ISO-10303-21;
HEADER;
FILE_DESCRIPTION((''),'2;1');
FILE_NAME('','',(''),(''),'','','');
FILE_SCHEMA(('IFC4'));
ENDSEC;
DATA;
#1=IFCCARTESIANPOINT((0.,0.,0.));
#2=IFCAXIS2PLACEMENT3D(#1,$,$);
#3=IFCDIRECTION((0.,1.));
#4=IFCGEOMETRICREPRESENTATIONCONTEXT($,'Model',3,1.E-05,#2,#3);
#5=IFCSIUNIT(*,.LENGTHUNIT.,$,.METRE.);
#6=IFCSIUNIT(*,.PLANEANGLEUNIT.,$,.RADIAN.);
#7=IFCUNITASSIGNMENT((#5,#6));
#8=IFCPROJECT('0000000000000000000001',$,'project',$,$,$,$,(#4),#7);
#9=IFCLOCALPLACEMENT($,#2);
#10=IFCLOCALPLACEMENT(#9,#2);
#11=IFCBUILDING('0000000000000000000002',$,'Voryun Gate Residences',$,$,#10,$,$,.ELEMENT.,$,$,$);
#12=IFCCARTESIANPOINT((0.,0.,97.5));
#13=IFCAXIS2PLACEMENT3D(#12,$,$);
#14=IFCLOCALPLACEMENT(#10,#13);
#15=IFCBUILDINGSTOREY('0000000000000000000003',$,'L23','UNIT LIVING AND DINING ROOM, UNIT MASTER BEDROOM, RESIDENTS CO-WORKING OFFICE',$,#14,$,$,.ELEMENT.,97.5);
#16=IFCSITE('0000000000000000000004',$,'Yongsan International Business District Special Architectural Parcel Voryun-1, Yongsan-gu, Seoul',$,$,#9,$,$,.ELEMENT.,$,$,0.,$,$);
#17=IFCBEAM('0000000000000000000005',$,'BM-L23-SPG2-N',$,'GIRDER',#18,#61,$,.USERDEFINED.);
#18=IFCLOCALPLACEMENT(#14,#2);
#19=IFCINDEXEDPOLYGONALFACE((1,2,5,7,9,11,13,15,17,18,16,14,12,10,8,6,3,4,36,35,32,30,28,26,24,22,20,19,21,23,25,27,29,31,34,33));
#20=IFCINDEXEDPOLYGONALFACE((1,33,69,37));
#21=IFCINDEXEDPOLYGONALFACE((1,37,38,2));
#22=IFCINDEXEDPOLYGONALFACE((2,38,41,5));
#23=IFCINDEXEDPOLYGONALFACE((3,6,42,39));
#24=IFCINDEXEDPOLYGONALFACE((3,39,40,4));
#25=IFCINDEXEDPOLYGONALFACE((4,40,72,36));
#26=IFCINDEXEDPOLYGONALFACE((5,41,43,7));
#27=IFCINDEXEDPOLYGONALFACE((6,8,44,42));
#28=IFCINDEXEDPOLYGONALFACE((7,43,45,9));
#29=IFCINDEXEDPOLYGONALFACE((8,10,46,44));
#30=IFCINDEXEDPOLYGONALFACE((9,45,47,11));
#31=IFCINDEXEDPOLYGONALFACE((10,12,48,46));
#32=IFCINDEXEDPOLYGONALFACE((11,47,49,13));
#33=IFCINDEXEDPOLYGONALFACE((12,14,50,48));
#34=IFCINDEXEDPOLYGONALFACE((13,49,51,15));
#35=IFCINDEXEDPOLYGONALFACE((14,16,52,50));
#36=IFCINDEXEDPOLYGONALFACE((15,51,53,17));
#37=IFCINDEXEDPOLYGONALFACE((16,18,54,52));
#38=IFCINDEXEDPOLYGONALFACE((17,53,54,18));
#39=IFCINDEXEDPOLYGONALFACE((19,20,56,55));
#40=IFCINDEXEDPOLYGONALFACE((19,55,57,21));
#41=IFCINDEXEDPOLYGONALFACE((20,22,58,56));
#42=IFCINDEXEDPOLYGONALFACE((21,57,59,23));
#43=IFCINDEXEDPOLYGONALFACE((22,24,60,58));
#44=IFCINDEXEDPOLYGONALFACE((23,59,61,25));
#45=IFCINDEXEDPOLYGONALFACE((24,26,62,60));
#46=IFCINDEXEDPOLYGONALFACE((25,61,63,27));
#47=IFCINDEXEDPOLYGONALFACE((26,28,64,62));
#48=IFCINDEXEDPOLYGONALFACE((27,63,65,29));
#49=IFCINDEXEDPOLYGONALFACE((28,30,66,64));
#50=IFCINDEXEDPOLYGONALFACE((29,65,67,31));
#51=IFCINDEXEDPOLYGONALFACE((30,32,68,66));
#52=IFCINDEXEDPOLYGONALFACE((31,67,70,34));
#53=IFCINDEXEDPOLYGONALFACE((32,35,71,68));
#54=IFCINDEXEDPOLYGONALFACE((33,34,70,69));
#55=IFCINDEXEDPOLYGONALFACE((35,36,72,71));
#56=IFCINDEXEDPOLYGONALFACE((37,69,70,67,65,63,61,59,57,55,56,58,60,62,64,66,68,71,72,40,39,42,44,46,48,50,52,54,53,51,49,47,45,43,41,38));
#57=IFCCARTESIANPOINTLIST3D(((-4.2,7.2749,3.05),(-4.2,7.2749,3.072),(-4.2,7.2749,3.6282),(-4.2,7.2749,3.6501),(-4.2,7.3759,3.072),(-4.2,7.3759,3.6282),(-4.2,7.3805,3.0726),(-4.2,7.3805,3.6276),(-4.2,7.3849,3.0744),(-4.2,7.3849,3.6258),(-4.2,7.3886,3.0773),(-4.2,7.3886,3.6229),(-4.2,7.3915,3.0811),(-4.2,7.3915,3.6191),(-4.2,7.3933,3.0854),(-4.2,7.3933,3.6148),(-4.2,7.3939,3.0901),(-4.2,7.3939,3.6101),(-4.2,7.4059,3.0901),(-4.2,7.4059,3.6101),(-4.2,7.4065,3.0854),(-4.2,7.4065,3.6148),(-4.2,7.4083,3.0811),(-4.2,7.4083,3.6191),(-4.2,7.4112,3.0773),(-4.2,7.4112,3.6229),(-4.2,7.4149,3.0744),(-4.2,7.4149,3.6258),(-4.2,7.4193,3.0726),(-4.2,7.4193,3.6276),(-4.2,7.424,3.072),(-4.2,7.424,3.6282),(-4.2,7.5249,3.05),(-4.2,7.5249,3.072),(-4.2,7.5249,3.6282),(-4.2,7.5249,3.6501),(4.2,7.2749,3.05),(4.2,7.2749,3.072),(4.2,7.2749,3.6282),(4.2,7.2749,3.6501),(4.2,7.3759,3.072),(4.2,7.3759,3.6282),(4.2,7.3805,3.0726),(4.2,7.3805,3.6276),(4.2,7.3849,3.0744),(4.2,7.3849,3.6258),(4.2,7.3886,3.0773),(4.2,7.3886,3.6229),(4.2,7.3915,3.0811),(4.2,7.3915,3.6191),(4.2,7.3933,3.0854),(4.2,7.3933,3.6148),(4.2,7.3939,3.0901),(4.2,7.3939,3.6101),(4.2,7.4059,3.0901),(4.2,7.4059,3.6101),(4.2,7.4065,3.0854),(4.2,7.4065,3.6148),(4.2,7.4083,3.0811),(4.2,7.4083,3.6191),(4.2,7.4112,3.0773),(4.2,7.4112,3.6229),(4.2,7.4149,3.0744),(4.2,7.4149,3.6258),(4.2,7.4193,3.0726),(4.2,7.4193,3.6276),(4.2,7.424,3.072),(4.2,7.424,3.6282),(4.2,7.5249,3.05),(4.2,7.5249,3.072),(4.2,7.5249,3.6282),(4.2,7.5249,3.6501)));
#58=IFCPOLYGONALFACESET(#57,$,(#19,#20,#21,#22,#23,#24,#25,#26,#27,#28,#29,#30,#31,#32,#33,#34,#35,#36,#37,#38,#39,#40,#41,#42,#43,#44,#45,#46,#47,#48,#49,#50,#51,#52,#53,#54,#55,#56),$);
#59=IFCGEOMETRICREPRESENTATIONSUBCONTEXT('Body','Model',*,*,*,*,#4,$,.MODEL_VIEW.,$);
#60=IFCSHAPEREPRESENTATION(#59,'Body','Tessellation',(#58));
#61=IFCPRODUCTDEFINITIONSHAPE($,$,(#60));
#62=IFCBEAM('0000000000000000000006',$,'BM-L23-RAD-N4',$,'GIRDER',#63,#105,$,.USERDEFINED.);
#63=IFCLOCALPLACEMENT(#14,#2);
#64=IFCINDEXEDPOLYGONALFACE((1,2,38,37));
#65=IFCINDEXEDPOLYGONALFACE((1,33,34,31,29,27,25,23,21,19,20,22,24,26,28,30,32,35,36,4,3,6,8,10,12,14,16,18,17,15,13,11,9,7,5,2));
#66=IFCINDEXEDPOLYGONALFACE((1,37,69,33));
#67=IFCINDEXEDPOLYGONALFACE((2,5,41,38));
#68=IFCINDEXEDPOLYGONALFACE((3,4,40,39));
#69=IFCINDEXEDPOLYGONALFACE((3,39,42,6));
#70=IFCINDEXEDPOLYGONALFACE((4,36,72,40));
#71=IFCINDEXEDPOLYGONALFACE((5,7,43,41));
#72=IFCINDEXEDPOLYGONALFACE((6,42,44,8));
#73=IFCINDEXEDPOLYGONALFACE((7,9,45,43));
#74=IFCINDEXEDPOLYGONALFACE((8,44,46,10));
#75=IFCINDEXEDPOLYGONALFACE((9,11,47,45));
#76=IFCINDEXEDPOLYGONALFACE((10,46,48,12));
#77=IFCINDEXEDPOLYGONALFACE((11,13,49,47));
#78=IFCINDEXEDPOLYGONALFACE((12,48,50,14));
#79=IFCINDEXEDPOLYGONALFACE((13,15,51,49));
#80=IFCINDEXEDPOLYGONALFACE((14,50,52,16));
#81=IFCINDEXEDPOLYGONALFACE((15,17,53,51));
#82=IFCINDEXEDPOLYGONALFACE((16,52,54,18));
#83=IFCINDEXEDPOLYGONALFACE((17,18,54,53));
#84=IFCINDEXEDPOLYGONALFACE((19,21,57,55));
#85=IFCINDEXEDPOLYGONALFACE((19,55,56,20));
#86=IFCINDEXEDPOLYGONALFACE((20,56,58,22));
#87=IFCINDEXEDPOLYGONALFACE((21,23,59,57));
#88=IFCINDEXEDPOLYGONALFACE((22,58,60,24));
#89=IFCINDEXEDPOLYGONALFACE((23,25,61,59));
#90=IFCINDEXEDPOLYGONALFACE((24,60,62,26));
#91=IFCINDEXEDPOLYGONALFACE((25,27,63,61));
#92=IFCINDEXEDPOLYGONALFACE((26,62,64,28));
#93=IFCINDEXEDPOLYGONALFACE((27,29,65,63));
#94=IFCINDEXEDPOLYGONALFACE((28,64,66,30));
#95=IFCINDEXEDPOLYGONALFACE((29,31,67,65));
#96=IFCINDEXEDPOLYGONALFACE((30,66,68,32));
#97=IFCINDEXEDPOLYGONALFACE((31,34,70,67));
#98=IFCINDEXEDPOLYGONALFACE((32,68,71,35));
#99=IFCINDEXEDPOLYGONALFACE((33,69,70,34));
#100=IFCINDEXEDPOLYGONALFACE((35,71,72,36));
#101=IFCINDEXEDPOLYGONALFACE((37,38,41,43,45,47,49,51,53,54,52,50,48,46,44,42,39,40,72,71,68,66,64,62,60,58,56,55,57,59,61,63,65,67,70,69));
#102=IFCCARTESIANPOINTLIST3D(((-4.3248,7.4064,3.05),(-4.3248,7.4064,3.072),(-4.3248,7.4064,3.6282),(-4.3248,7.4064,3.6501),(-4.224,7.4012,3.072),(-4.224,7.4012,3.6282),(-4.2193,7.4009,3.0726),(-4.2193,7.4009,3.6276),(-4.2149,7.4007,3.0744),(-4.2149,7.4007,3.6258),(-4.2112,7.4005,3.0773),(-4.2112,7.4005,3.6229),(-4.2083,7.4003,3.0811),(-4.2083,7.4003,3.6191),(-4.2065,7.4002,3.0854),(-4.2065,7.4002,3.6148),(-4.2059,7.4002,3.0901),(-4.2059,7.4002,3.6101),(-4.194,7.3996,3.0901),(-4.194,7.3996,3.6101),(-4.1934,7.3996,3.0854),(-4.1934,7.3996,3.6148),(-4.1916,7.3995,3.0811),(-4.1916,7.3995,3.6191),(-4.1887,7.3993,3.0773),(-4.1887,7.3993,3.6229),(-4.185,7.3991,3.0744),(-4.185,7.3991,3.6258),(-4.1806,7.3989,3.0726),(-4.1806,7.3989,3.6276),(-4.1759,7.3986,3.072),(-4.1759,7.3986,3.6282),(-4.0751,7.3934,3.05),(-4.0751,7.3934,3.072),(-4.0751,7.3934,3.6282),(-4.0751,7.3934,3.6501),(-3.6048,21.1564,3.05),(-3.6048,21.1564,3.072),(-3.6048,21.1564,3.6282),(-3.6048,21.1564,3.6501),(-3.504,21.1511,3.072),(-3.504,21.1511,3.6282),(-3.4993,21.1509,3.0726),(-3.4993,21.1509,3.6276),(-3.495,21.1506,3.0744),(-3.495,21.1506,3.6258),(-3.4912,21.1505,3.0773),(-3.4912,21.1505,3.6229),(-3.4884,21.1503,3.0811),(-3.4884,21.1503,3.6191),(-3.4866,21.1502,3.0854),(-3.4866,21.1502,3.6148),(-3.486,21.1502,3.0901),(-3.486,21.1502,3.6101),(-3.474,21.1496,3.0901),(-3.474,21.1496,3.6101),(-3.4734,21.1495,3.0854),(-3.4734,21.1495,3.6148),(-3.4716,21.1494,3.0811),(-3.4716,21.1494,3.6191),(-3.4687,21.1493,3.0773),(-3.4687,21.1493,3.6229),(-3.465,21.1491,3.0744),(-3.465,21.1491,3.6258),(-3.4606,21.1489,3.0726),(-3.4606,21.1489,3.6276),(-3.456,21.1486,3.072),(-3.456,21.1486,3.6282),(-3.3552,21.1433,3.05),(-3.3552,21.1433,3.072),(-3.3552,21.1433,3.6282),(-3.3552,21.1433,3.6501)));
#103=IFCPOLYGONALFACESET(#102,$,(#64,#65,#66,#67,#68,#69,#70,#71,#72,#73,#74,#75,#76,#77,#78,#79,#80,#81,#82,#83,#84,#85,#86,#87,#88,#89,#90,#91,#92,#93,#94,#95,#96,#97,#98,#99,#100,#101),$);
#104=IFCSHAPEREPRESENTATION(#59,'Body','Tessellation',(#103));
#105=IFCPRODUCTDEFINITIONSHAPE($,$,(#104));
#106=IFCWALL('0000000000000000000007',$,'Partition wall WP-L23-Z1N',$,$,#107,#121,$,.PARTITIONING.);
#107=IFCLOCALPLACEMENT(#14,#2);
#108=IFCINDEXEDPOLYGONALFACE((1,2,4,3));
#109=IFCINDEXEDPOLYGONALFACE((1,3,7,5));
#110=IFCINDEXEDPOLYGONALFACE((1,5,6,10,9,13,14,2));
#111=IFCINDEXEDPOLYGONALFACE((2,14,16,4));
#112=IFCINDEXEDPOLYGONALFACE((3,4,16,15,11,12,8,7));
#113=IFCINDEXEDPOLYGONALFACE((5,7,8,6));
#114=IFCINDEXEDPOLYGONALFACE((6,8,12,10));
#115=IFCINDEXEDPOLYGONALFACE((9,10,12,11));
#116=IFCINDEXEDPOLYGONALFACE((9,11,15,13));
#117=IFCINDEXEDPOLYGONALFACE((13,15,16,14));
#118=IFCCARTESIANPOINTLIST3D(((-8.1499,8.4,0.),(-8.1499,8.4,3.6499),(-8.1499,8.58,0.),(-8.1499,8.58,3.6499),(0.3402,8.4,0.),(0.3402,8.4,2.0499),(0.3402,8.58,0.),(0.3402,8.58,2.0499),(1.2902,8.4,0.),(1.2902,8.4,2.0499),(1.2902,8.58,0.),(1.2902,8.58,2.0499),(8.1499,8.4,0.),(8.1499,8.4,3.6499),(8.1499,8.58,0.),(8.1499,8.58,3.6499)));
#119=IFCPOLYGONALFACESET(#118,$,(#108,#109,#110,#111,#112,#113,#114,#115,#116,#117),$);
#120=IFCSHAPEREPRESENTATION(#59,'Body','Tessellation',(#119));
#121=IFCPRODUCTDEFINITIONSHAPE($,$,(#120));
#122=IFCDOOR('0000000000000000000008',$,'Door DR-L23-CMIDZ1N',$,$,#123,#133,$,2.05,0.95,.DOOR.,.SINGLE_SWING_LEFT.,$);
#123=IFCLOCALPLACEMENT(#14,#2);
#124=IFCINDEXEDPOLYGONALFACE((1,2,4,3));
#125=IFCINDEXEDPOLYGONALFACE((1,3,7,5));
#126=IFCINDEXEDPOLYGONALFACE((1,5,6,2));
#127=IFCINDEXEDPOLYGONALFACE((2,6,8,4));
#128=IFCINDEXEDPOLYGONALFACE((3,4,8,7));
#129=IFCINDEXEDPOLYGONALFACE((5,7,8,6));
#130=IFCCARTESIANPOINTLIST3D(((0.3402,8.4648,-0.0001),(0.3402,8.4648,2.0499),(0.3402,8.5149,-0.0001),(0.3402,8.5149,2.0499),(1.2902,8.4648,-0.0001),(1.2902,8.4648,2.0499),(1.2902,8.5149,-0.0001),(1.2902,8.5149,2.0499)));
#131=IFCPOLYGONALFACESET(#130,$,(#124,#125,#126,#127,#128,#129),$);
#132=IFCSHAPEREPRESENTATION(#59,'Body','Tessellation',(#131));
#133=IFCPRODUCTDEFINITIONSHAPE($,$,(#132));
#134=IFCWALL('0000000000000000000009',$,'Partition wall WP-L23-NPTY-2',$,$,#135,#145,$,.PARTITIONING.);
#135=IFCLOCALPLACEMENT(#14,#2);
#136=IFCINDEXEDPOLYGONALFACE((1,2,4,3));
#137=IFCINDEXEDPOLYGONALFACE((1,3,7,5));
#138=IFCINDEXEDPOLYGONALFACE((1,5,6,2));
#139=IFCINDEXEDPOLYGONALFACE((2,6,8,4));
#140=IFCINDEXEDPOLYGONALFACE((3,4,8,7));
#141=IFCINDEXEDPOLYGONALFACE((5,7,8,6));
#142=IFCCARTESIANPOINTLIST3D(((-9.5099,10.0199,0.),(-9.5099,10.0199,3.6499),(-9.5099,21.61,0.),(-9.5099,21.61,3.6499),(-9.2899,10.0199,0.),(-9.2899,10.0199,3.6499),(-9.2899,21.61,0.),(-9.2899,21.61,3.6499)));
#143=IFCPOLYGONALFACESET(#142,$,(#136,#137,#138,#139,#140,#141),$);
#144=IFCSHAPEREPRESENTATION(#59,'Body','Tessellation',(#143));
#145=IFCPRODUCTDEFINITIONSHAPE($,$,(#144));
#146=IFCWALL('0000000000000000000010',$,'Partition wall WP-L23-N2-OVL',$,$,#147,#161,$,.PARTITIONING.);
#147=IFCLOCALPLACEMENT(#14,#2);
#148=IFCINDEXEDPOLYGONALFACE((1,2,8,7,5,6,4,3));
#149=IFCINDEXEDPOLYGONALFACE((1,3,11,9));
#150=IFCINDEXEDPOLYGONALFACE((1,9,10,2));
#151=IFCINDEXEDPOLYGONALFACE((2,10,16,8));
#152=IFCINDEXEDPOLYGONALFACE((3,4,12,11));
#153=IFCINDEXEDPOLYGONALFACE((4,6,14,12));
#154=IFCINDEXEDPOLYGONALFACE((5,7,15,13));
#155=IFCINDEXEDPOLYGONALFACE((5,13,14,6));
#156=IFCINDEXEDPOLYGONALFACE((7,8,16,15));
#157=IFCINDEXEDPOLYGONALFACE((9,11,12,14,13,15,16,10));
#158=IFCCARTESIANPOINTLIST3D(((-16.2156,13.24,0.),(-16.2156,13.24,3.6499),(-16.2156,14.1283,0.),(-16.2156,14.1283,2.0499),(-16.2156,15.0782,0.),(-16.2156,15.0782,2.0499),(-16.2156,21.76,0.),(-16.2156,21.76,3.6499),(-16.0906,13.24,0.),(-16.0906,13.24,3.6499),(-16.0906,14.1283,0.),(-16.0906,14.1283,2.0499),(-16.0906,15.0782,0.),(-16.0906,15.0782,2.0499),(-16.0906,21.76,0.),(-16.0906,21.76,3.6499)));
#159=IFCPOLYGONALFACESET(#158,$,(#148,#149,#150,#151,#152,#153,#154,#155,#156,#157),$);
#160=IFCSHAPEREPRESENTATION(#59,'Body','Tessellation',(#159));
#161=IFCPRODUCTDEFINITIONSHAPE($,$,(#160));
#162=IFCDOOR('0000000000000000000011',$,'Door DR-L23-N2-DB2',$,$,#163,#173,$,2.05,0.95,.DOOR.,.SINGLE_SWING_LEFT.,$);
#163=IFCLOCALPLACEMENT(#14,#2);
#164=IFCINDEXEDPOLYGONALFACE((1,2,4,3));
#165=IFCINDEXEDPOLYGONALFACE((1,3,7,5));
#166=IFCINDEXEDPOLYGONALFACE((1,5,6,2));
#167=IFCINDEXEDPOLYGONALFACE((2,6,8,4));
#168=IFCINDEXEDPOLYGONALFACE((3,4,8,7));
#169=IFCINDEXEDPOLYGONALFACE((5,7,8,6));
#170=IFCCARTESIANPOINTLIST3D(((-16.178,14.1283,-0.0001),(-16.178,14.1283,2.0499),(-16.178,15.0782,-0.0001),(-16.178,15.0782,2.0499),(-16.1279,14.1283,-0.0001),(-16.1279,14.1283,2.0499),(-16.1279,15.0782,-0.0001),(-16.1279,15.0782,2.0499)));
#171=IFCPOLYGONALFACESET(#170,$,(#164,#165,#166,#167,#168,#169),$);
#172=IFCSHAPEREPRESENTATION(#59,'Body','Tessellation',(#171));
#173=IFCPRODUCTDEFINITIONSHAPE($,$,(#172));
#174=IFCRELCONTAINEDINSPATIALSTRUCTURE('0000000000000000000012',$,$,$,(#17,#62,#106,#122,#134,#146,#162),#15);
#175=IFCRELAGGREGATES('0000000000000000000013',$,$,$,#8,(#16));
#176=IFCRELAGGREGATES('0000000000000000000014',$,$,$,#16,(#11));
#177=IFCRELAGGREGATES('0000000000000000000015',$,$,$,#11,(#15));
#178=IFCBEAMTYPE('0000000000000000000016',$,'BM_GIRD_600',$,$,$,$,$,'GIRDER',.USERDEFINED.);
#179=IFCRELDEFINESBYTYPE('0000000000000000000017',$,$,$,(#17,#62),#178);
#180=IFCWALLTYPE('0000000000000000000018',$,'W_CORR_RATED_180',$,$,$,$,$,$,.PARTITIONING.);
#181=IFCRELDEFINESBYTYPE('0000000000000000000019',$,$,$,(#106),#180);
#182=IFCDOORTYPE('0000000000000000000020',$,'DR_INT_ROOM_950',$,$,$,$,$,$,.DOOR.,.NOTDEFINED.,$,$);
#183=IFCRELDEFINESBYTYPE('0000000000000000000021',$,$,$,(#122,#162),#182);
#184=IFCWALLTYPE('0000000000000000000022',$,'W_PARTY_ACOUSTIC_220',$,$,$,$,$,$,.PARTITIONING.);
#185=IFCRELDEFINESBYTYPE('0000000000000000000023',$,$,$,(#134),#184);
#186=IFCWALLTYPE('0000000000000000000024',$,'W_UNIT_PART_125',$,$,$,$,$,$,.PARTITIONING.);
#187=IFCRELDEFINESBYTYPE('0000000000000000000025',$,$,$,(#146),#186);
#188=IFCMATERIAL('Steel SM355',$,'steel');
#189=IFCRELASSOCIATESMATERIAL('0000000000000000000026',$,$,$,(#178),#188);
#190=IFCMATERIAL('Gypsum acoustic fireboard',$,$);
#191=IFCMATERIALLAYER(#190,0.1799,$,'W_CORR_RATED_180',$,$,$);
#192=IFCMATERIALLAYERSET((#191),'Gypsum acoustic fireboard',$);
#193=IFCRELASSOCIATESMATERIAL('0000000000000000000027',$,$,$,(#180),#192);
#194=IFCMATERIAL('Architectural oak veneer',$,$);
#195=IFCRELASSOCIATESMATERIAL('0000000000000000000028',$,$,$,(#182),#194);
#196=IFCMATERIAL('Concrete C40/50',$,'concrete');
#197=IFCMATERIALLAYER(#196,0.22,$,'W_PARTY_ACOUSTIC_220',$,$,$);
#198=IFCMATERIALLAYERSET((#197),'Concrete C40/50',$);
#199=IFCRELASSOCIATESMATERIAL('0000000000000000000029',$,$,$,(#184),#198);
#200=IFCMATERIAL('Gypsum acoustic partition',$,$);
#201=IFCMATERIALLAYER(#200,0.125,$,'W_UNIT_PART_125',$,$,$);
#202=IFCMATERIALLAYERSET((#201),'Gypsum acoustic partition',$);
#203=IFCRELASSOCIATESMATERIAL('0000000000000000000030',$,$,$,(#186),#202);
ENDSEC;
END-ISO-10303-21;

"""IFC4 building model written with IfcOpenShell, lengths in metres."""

from ifc_helpers import new_model, si_unit, direction, frame, frame_2d, origin, origin_2d, place, context, subcontext, project, spatial, rectangle, i_section, extrude, material, layer, layer_set, material_profile, profile_set, type_object, element, fill, save


model = new_model("IFC4")

# Units and contexts
model_context = context("Model", 3, precision=1e-05, world=origin(), true_north=direction((0.0, 1.0)))
body_context = subcontext(model_context, "Body", "Model", "MODEL_VIEW")
ifc_project = project(units=[si_unit("LENGTHUNIT", "METRE"), si_unit("PLANEANGLEUNIT", "RADIAN")], contexts=[model_context])

# Site, building, storey
site_placement = place(None, origin())
site = spatial("IfcSite", under=ifc_project, at=site_placement, Name="Yongsan International Business District Special Architectural Parcel Voryun-1, Yongsan-gu, Seoul", CompositionType="ELEMENT", RefElevation=0.0)
building_placement = place(site_placement, origin())
building = spatial("IfcBuilding", under=site, at=building_placement, Name="Voryun Gate Residences", CompositionType="ELEMENT")
storey_placement = place(building_placement, frame((0.0, 0.0, 97.5)))
storey = spatial("IfcBuildingStorey", under=building, at=storey_placement, Name="L23", Description="UNIT LIVING AND DINING ROOM, UNIT MASTER BEDROOM, RESIDENTS CO-WORKING OFFICE", CompositionType="ELEMENT", Elevation=97.5)

# Beams
ifc_material_1 = material(Name="Steel SM355", Category="steel")
ifc_material_profile_1 = material_profile(ifc_material_1, i_section(OverallWidth=0.25, OverallDepth=0.6001, WebThickness=0.012, FlangeThickness=0.022, FilletRadius=0.0181, at=origin_2d()), Name="H-600x250x12x22")
ifc_profile_set_1 = profile_set([ifc_material_profile_1], Name="Steel SM355")
beam_type_1 = type_object("IfcBeamType", Name="BM_GIRD_600", ElementType="GIRDER", PredefinedType="USERDEFINED", material=ifc_profile_set_1)
beam_1_placement = place(storey_placement, frame((-4.2, 7.3999, 3.3501), z_axis=(1.0, 0.0, 0.0), x_axis=(0.0, 1.0, 0.0)))
element("IfcBeam", 1, at=beam_1_placement, inside=storey, type_object=beam_type_1, Name="BM-L23-SPG2-N", ObjectType="GIRDER", PredefinedType="USERDEFINED", context=body_context, shape_type="SweptSolid", body=[
    extrude(i_section(OverallWidth=0.25, OverallDepth=0.6001, WebThickness=0.012, FlangeThickness=0.022, FilletRadius=0.0181, at=origin_2d()), origin(), (0.0, 0.0, 1.0), 8.3999),
])
beam_2_placement = place(storey_placement, frame((-4.2, 7.3999, 3.3501), z_axis=(0.05229, 0.998632, 0.0), x_axis=(-0.998632, 0.05229, 0.0)))
element("IfcBeam", 2, at=beam_2_placement, inside=storey, type_object=beam_type_1, Name="BM-L23-RAD-N4", ObjectType="GIRDER", PredefinedType="USERDEFINED", context=body_context, shape_type="SweptSolid", body=[
    extrude(i_section(OverallWidth=0.25, OverallDepth=0.6001, WebThickness=0.012, FlangeThickness=0.022, FilletRadius=0.0181, at=origin_2d()), origin(), (0.0, 0.0, 1.0), 13.7688),
])

# Wall, opening, door
ifc_material_2 = material(Name="Gypsum acoustic fireboard")
ifc_layer_1 = layer(ifc_material_2, 0.1799, Name="W_CORR_RATED_180")
ifc_layer_set_1 = layer_set([ifc_layer_1], Name="Gypsum acoustic fireboard")
wall_type_1 = type_object("IfcWallType", Name="W_CORR_RATED_180", PredefinedType="PARTITIONING", material=ifc_layer_set_1)
wall_1_placement = place(storey_placement, frame((-8.1499, 8.49, 0.0), z_axis=(0.0, 0.0, 1.0), x_axis=(1.0, 0.0, 0.0)))
wall_1 = element("IfcWall", 3, at=wall_1_placement, inside=storey, type_object=wall_type_1, Name="Partition wall WP-L23-Z1N", PredefinedType="PARTITIONING", context=body_context, shape_type="SweptSolid", body=[
    extrude(rectangle(XDim=16.2998, YDim=0.1799, at=frame_2d((8.1499, 0.0))), origin(), (0.0, 0.0, 1.0), 3.6499),
])
opening_1_placement = place(wall_1_placement, frame((8.49, 0.0, 0.0)))
opening_1 = element("IfcOpeningElement", 4, at=opening_1_placement, cuts=wall_1, PredefinedType="OPENING", context=body_context, shape_type="SweptSolid", body=[
    extrude(rectangle(XDim=0.95, YDim=2.05, at=frame_2d((0.4751, 1.0249))), frame((0.0, 0.0999, 0.0), z_axis=(0.0, -1.0, 0.0), x_axis=(1.0, 0.0, 0.0)), (0.0, 0.0, 1.0), 0.2),
])
ifc_material_3 = material(Name="Architectural oak veneer")
door_type_1 = type_object("IfcDoorType", Name="DR_INT_ROOM_950", OperationType="NOTDEFINED", PredefinedType="DOOR", material=ifc_material_3)
door_1_placement = place(opening_1_placement, origin())
door_1 = element("IfcDoor", 5, at=door_1_placement, inside=storey, type_object=door_type_1, Name="Door DR-L23-CMIDZ1N", OperationType="SINGLE_SWING_LEFT", OverallHeight=2.05, OverallWidth=0.95, PredefinedType="DOOR", context=body_context, shape_type="SweptSolid", body=[
    extrude(rectangle(XDim=0.95, YDim=2.05, at=frame_2d((0.4751, 1.0249))), frame((0.0, 0.0249, 0.0), z_axis=(0.0, -1.0, 0.0), x_axis=(1.0, 0.0, 0.0)), (0.0, 0.0, 1.0), 0.05),
])
fill(opening_1, door_1)

# Wall
ifc_material_4 = material(Name="Concrete C40/50", Category="concrete")
ifc_layer_2 = layer(ifc_material_4, 0.22, Name="W_PARTY_ACOUSTIC_220")
ifc_layer_set_2 = layer_set([ifc_layer_2], Name="Concrete C40/50")
wall_type_2 = type_object("IfcWallType", Name="W_PARTY_ACOUSTIC_220", PredefinedType="PARTITIONING", material=ifc_layer_set_2)
wall_2_placement = place(storey_placement, frame((-9.3999, 10.02, 0.0), z_axis=(0.0, 0.0, 1.0), x_axis=(0.0, 1.0, 0.0)))
element("IfcWall", 6, at=wall_2_placement, inside=storey, type_object=wall_type_2, Name="Partition wall WP-L23-NPTY-2", PredefinedType="PARTITIONING", context=body_context, shape_type="SweptSolid", body=[
    extrude(rectangle(XDim=11.5901, YDim=0.22, at=frame_2d((5.7949, 0.0))), origin(), (0.0, 0.0, 1.0), 3.6499),
])

# Wall, opening, door
ifc_material_5 = material(Name="Gypsum acoustic partition")
ifc_layer_3 = layer(ifc_material_5, 0.125, Name="W_UNIT_PART_125")
ifc_layer_set_3 = layer_set([ifc_layer_3], Name="Gypsum acoustic partition")
wall_type_3 = type_object("IfcWallType", Name="W_UNIT_PART_125", PredefinedType="PARTITIONING", material=ifc_layer_set_3)
wall_3_placement = place(storey_placement, frame((-16.1531, 13.24, 0.0), z_axis=(0.0, 0.0, 1.0), x_axis=(0.0, 1.0, 0.0)))
wall_3 = element("IfcWall", 7, at=wall_3_placement, inside=storey, type_object=wall_type_3, Name="Partition wall WP-L23-N2-OVL", PredefinedType="PARTITIONING", context=body_context, shape_type="SweptSolid", body=[
    extrude(rectangle(XDim=8.52, YDim=0.125, at=frame_2d((4.26, 0.0))), origin(), (0.0, 0.0, 1.0), 3.6499),
])
opening_2_placement = place(wall_3_placement, frame((0.8882, 0.0, 0.0)))
opening_2 = element("IfcOpeningElement", 8, at=opening_2_placement, cuts=wall_3, PredefinedType="OPENING", context=body_context, shape_type="SweptSolid", body=[
    extrude(rectangle(XDim=0.95, YDim=2.05, at=frame_2d((0.4751, 1.0249))), frame((0.0, 0.0725, 0.0), z_axis=(0.0, -1.0, 0.0), x_axis=(1.0, 0.0, 0.0)), (0.0, 0.0, 1.0), 0.145),
])
door_2_placement = place(opening_2_placement, origin())
door_2 = element("IfcDoor", 9, at=door_2_placement, inside=storey, type_object=door_type_1, Name="Door DR-L23-N2-DB2", OperationType="SINGLE_SWING_LEFT", OverallHeight=2.05, OverallWidth=0.95, PredefinedType="DOOR", context=body_context, shape_type="SweptSolid", body=[
    extrude(rectangle(XDim=0.95, YDim=2.05, at=frame_2d((0.4751, 1.0249))), frame((0.0, 0.0249, 0.0), z_axis=(0.0, -1.0, 0.0), x_axis=(1.0, 0.0, 0.0)), (0.0, 0.0, 1.0), 0.05),
])
fill(opening_2, door_2)

save(model, "model.ifc")
